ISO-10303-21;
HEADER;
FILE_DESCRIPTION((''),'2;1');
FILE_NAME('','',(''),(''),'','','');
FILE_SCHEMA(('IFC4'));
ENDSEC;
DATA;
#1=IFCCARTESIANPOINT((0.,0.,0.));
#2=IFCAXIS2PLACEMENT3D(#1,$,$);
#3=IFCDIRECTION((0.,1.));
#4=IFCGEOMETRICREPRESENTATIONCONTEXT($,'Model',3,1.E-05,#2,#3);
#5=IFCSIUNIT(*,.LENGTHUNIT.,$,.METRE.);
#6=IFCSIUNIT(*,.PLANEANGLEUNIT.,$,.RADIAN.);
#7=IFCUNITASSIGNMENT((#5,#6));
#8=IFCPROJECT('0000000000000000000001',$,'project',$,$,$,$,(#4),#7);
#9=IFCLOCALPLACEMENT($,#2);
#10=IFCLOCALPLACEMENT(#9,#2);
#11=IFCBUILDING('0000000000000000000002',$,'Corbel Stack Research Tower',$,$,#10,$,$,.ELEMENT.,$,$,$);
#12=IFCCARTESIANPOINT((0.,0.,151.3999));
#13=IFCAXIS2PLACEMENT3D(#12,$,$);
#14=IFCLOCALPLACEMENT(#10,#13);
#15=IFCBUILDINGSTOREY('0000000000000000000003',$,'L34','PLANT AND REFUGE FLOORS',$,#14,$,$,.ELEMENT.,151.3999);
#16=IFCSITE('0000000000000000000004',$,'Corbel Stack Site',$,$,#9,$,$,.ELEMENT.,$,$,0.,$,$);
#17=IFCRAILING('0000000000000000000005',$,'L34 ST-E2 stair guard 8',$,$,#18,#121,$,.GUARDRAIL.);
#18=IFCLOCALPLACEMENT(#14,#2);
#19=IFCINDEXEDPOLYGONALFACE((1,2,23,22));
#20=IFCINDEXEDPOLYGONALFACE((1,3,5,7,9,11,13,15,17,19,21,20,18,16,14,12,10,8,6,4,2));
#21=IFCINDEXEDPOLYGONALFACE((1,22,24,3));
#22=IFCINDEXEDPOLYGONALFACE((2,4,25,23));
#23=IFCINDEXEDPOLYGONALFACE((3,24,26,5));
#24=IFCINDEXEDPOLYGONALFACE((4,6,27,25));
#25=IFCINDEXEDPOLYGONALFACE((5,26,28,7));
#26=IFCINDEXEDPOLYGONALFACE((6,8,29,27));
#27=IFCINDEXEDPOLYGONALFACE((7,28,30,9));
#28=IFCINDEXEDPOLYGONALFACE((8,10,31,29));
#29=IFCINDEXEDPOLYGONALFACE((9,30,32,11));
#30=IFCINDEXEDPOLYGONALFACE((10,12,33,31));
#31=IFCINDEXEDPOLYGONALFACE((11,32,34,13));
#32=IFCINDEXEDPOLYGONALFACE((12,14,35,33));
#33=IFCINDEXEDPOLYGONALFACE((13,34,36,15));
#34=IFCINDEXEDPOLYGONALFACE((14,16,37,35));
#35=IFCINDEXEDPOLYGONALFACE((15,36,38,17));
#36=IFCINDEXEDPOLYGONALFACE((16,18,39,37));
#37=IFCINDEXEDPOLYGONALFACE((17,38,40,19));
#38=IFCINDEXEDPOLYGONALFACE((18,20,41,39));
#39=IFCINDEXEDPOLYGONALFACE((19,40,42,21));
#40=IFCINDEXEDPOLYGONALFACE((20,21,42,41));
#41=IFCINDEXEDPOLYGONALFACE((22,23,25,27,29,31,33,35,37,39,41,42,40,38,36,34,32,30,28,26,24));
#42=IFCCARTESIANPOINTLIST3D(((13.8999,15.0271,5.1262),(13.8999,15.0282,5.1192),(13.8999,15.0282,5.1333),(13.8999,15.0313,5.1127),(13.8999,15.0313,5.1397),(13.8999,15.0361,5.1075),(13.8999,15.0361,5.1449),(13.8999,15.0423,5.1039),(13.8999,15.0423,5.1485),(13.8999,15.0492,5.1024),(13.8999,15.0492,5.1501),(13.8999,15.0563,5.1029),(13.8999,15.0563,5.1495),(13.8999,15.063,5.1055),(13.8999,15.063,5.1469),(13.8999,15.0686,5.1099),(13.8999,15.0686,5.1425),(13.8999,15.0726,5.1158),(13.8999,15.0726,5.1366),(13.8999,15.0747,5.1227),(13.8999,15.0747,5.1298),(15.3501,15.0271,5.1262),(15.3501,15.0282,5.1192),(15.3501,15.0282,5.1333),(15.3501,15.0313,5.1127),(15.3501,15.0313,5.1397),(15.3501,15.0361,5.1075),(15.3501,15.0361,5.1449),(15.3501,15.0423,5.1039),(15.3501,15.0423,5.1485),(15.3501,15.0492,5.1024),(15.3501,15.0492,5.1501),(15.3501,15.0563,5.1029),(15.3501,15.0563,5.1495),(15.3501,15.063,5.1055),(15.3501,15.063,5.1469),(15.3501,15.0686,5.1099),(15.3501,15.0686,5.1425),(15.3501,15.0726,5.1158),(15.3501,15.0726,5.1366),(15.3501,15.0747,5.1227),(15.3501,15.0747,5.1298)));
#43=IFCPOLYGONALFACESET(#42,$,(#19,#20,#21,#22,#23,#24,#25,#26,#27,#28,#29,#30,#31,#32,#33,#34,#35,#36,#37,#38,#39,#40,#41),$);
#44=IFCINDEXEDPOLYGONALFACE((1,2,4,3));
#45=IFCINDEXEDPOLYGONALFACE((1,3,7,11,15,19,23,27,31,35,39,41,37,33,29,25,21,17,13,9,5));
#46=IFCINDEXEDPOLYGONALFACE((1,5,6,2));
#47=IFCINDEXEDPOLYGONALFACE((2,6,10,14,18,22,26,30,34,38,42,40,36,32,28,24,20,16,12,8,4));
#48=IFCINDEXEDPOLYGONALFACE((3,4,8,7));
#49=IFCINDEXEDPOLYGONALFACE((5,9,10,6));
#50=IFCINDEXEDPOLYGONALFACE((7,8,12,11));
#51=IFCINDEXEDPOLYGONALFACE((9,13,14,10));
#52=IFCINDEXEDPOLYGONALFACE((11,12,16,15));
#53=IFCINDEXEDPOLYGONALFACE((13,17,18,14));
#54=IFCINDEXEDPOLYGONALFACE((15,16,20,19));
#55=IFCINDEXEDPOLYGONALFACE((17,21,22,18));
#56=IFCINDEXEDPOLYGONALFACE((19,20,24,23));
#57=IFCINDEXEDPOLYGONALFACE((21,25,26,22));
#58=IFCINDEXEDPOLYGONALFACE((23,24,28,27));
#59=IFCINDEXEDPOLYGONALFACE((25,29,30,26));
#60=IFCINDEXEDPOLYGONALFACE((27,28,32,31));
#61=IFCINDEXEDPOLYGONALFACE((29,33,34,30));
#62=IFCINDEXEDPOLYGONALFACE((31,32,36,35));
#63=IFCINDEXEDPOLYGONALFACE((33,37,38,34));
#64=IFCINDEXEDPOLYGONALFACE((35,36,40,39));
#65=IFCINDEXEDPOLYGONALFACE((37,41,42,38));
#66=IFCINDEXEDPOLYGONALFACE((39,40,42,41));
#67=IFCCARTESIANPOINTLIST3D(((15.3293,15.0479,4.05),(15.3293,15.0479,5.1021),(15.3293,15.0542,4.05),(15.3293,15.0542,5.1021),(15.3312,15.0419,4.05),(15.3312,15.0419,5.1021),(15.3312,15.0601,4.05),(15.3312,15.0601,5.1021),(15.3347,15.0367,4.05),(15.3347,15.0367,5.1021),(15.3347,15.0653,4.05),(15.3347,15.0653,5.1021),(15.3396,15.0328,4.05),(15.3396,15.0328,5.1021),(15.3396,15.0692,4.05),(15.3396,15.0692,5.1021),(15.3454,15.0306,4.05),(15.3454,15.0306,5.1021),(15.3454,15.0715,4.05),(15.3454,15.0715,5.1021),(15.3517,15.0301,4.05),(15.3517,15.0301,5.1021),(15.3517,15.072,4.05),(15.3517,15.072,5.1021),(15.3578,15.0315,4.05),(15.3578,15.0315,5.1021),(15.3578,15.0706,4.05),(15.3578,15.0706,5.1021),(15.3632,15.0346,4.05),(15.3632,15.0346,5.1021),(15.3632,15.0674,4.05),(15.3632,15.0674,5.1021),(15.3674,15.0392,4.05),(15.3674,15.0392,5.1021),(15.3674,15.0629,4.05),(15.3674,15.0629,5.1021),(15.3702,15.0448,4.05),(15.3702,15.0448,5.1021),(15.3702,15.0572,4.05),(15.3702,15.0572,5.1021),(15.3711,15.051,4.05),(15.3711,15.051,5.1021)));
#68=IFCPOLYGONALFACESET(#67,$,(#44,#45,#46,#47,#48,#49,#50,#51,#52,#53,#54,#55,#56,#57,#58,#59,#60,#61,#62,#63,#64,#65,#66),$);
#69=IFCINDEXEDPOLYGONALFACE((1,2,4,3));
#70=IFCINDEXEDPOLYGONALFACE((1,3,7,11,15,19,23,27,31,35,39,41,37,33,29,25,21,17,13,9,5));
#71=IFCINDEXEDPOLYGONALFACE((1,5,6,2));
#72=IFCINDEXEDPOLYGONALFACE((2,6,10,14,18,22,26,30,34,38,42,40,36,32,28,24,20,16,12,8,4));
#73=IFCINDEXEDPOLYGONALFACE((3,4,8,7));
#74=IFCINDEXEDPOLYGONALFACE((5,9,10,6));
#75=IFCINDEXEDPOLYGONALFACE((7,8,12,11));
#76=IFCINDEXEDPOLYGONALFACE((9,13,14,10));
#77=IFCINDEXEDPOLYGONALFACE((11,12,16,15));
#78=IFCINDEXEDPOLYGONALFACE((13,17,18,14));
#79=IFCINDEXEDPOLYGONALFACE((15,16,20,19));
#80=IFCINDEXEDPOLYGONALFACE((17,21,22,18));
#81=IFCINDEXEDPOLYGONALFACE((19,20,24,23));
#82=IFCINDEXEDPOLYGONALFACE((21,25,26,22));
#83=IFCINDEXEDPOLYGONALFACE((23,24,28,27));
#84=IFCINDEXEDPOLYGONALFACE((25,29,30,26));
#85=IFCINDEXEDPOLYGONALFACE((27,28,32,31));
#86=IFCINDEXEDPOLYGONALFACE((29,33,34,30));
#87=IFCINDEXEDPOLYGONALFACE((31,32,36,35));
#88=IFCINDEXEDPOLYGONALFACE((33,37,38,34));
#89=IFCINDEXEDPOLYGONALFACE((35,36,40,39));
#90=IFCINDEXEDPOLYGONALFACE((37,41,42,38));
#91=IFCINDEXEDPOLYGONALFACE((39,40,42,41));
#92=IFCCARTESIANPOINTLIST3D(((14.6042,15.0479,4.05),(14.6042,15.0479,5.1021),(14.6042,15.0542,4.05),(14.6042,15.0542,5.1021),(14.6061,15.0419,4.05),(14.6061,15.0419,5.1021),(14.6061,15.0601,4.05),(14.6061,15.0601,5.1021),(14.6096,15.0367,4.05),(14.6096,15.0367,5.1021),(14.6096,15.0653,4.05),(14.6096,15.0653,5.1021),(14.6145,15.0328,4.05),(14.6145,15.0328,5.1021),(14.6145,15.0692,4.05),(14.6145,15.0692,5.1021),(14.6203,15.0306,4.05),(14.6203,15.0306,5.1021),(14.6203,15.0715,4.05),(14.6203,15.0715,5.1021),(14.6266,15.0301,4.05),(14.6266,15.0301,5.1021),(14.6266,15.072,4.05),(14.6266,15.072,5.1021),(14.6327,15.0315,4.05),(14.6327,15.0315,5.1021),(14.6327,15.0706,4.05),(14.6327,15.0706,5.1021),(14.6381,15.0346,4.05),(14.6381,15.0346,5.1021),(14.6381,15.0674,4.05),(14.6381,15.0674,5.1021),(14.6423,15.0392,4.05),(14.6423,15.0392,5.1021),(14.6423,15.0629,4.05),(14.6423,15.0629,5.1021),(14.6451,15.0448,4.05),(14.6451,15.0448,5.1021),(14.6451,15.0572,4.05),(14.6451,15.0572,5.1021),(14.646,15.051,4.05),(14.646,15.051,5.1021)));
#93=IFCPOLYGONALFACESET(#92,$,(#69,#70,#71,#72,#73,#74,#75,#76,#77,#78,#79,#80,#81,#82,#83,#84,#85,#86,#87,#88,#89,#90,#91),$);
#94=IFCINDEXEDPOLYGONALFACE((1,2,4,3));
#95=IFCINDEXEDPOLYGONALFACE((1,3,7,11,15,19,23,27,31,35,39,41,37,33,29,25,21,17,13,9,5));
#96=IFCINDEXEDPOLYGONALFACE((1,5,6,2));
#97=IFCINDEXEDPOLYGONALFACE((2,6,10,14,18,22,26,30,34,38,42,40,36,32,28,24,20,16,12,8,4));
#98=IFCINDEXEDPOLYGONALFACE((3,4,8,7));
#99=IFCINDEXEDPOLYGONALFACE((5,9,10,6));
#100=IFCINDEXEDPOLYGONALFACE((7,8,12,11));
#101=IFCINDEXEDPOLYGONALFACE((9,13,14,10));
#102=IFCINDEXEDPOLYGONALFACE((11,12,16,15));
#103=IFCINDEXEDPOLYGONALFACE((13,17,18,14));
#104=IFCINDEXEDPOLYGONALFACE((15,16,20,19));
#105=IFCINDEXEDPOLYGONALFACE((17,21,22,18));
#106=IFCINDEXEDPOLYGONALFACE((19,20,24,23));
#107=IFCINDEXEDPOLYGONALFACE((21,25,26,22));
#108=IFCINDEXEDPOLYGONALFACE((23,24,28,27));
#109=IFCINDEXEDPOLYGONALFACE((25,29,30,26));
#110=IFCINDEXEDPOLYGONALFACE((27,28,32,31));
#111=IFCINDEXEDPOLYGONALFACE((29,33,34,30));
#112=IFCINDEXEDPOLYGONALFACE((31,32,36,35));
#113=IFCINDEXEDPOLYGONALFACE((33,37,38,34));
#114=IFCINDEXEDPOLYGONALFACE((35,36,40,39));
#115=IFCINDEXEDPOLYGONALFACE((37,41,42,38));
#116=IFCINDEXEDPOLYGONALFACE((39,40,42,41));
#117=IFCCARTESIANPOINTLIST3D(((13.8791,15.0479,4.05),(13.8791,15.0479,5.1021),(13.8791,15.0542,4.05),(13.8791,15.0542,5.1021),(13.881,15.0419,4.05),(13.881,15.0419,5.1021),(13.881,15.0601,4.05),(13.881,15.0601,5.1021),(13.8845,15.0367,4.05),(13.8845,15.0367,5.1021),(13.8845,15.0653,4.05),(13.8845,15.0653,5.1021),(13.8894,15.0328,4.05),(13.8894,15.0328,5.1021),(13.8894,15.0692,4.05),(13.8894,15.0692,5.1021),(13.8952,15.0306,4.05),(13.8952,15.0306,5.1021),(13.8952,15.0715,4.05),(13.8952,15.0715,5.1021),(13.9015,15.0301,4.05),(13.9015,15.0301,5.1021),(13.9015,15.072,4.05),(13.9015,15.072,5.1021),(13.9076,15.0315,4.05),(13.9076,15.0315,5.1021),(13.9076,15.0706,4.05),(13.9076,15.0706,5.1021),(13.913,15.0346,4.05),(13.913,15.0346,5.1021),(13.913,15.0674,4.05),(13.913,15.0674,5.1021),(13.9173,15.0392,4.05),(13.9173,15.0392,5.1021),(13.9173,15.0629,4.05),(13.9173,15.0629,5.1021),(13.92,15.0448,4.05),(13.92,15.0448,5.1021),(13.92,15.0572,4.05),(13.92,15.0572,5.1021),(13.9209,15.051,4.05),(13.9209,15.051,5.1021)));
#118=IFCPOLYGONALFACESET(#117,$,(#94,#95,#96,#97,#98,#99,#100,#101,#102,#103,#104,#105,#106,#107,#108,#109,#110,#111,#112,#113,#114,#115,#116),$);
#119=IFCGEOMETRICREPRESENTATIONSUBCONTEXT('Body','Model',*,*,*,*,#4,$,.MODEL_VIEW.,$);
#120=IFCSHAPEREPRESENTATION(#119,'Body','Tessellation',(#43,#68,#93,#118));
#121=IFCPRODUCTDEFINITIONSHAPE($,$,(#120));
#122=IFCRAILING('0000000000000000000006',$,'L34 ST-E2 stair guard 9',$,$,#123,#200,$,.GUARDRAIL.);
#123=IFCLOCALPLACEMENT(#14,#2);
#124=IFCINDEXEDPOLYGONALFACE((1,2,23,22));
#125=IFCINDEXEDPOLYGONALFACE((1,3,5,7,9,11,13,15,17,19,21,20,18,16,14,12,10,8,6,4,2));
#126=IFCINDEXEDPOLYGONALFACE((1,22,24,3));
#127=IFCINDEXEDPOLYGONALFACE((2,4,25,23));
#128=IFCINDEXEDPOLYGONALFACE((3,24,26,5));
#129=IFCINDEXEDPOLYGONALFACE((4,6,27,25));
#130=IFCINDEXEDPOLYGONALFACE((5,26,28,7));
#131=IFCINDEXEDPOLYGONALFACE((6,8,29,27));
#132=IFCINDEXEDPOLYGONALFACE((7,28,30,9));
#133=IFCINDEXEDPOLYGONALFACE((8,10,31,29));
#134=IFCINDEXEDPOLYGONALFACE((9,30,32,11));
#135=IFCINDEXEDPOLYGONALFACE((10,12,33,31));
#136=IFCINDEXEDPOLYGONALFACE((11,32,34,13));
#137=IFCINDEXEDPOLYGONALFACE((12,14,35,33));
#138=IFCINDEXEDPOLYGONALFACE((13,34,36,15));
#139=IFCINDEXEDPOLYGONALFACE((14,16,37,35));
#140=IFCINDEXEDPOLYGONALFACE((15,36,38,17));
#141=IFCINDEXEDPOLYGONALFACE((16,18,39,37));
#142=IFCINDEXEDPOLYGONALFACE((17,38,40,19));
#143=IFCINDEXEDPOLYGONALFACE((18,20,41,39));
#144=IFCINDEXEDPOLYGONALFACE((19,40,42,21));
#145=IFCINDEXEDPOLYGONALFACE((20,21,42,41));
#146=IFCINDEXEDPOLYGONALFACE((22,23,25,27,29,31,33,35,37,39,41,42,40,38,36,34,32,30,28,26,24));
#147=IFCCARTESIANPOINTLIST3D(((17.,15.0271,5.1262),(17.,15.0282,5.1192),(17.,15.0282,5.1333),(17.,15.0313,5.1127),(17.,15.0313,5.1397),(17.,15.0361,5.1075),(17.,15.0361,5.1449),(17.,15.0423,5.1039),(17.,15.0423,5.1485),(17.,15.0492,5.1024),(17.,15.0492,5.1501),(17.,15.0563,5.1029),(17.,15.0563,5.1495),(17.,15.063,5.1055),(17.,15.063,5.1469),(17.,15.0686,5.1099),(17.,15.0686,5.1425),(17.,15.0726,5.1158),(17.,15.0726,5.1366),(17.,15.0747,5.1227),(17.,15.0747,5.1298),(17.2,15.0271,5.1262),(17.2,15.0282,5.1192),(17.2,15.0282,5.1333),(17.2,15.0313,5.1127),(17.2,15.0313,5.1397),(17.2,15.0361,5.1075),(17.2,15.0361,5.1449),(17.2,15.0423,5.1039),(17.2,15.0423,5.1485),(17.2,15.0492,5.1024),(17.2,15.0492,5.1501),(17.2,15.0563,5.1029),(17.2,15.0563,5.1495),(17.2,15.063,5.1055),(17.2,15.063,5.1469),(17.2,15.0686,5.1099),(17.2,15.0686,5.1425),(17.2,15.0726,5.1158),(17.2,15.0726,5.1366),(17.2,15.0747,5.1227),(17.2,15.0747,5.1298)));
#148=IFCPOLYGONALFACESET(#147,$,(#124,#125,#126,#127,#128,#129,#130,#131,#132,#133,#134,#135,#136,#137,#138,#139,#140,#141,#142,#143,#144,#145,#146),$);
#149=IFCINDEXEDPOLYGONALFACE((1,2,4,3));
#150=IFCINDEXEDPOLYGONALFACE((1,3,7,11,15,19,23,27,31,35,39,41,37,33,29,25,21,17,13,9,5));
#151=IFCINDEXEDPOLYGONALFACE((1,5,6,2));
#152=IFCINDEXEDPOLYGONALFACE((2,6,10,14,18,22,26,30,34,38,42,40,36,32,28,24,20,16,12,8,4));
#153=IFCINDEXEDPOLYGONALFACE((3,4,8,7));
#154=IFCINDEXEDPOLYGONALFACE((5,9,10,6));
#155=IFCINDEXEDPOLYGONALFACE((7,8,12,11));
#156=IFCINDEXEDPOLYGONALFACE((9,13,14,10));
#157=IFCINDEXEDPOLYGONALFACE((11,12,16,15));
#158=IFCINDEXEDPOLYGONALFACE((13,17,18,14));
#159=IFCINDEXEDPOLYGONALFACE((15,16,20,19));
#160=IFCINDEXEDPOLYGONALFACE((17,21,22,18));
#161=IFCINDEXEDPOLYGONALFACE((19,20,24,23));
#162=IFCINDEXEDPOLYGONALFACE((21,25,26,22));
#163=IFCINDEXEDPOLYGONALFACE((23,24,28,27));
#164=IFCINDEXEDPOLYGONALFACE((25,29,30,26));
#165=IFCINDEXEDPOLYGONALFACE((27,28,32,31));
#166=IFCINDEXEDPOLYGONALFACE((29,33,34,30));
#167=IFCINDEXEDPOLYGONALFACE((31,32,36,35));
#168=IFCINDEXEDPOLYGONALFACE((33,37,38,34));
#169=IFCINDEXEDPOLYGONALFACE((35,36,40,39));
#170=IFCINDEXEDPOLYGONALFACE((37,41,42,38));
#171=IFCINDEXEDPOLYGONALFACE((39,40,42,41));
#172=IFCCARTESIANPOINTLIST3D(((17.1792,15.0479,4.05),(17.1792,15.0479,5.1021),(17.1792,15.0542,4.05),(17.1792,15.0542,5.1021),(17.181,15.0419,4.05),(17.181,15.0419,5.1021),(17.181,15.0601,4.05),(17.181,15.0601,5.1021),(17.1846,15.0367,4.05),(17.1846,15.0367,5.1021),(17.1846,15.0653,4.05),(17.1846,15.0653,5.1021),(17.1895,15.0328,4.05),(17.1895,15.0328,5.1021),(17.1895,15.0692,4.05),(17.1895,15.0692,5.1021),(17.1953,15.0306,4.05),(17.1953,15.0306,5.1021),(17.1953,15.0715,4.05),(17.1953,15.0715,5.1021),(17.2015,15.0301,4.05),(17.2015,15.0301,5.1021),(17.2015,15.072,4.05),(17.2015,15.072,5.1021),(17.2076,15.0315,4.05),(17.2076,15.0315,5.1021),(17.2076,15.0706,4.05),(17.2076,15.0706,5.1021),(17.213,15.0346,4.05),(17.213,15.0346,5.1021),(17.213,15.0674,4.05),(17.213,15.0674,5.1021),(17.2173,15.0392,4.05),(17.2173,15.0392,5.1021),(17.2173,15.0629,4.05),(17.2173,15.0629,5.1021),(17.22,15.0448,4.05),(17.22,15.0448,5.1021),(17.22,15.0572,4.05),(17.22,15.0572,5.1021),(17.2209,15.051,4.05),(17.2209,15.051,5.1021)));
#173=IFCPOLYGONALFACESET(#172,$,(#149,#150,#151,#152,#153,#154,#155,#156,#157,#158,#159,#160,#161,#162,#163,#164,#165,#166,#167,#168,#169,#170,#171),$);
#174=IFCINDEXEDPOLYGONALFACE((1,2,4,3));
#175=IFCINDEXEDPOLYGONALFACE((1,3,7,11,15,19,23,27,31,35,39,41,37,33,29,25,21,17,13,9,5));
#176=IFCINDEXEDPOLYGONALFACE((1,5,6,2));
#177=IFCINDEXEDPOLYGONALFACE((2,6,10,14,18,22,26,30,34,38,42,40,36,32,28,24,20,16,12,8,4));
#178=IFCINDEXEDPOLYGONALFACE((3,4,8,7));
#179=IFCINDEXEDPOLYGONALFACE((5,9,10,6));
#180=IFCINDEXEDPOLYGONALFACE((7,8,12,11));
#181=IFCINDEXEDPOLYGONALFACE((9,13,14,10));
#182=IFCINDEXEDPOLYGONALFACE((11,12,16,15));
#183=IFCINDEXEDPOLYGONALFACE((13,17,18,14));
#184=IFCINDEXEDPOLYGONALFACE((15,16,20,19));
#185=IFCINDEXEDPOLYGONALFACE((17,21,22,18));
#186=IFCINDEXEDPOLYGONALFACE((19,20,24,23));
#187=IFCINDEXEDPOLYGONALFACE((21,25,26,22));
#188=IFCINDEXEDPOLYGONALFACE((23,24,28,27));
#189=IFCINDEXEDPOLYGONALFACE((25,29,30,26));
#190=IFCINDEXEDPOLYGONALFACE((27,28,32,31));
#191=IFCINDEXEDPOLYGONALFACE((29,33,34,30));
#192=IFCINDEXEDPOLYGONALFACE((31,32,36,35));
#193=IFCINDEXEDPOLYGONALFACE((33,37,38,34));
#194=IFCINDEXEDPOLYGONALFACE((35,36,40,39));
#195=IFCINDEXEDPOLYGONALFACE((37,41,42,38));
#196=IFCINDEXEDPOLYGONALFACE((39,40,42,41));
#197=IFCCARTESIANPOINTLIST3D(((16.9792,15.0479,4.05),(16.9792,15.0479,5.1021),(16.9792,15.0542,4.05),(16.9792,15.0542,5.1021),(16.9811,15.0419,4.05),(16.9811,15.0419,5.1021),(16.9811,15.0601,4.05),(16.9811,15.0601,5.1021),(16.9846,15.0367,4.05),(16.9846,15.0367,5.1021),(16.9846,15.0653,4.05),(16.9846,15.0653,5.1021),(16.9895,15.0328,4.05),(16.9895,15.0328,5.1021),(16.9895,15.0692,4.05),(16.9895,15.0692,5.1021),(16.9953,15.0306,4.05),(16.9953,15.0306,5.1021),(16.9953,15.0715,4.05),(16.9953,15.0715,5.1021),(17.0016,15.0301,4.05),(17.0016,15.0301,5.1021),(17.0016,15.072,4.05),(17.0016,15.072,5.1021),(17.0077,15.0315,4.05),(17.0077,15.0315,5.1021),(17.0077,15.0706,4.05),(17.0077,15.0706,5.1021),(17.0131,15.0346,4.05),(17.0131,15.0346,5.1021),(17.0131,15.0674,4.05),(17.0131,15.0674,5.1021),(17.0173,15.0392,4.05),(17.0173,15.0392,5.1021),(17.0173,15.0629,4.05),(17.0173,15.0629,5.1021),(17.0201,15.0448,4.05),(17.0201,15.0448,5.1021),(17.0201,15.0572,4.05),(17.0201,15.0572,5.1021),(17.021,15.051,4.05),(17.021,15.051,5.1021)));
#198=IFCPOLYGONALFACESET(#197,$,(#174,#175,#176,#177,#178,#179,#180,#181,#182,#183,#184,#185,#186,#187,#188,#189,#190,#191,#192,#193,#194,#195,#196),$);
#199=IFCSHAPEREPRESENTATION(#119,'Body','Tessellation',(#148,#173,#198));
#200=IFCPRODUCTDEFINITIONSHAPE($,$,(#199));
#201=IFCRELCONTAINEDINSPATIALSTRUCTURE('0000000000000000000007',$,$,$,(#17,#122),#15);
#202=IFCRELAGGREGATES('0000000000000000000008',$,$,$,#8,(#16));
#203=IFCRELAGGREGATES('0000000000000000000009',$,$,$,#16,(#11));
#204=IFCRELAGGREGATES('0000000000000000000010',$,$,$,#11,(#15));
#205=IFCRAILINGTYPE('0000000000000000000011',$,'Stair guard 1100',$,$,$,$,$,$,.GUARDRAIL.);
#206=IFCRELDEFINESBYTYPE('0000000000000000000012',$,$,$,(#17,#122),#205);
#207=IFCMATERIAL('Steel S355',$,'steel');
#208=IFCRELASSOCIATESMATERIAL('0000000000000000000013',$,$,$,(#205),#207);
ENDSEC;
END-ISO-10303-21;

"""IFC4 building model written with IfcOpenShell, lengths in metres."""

from ifc_helpers import new_model, si_unit, direction, frame, origin, origin_2d, place, context, subcontext, project, spatial, circle, extrude, material, type_object, element, save


model = new_model("IFC4")

# Units and contexts
model_context = context("Model", 3, precision=1e-05, world=origin(), true_north=direction((0.0, 1.0)))
body_context = subcontext(model_context, "Body", "Model", "MODEL_VIEW")
ifc_project = project(units=[si_unit("LENGTHUNIT", "METRE"), si_unit("PLANEANGLEUNIT", "RADIAN")], contexts=[model_context])

# Site, building, storey
site_placement = place(None, origin())
site = spatial("IfcSite", under=ifc_project, at=site_placement, Name="Corbel Stack Site", CompositionType="ELEMENT", RefElevation=0.0)
building_placement = place(site_placement, origin())
building = spatial("IfcBuilding", under=site, at=building_placement, Name="Corbel Stack Research Tower", CompositionType="ELEMENT")
storey_placement = place(building_placement, frame((0.0, 0.0, 151.3999)))
storey = spatial("IfcBuildingStorey", under=building, at=storey_placement, Name="L34", Description="PLANT AND REFUGE FLOORS", CompositionType="ELEMENT", Elevation=151.3999)

# Railings
ifc_material_1 = material(Name="Steel S355", Category="steel")
railing_type_1 = type_object("IfcRailingType", Name="Stair guard 1100", PredefinedType="GUARDRAIL", material=ifc_material_1)
railing_1_placement = place(storey_placement, frame((15.3501, 15.051, 4.05)))
element("IfcRailing", 1, at=railing_1_placement, inside=storey, type_object=railing_type_1, Name="L34 ST-E2 stair guard 8", PredefinedType="GUARDRAIL", context=body_context, shape_type="SweptSolid", body=[
    extrude(circle(Radius=0.0239, at=origin_2d()), frame((0.0, 0.0, 1.0762), z_axis=(-1.0, 0.0, 0.0), x_axis=(0.0, -1.0, 0.0)), (0.0, 0.0, 1.0), 1.4502),
    extrude(circle(Radius=0.021, at=origin_2d()), origin(), (0.0, 0.0, 1.0), 1.052),
    extrude(circle(Radius=0.021, at=origin_2d()), frame((-0.7251, 0.0, 0.0)), (0.0, 0.0, 1.0), 1.052),
    extrude(circle(Radius=0.021, at=origin_2d()), frame((-1.4502, 0.0, 0.0)), (0.0, 0.0, 1.0), 1.052),
])
railing_2_placement = place(storey_placement, frame((17.2, 15.051, 4.05)))
element("IfcRailing", 2, at=railing_2_placement, inside=storey, type_object=railing_type_1, Name="L34 ST-E2 stair guard 9", PredefinedType="GUARDRAIL", context=body_context, shape_type="SweptSolid", body=[
    extrude(circle(Radius=0.0239, at=origin_2d()), frame((0.0, 0.0, 1.0762), z_axis=(-1.0, 0.0, 0.0), x_axis=(0.0, -1.0, 0.0)), (0.0, 0.0, 1.0), 0.2),
    extrude(circle(Radius=0.021, at=origin_2d()), origin(), (0.0, 0.0, 1.0), 1.052),
    extrude(circle(Radius=0.021, at=origin_2d()), frame((-0.2, 0.0, 0.0)), (0.0, 0.0, 1.0), 1.052),
])

save(model, "model.ifc")
